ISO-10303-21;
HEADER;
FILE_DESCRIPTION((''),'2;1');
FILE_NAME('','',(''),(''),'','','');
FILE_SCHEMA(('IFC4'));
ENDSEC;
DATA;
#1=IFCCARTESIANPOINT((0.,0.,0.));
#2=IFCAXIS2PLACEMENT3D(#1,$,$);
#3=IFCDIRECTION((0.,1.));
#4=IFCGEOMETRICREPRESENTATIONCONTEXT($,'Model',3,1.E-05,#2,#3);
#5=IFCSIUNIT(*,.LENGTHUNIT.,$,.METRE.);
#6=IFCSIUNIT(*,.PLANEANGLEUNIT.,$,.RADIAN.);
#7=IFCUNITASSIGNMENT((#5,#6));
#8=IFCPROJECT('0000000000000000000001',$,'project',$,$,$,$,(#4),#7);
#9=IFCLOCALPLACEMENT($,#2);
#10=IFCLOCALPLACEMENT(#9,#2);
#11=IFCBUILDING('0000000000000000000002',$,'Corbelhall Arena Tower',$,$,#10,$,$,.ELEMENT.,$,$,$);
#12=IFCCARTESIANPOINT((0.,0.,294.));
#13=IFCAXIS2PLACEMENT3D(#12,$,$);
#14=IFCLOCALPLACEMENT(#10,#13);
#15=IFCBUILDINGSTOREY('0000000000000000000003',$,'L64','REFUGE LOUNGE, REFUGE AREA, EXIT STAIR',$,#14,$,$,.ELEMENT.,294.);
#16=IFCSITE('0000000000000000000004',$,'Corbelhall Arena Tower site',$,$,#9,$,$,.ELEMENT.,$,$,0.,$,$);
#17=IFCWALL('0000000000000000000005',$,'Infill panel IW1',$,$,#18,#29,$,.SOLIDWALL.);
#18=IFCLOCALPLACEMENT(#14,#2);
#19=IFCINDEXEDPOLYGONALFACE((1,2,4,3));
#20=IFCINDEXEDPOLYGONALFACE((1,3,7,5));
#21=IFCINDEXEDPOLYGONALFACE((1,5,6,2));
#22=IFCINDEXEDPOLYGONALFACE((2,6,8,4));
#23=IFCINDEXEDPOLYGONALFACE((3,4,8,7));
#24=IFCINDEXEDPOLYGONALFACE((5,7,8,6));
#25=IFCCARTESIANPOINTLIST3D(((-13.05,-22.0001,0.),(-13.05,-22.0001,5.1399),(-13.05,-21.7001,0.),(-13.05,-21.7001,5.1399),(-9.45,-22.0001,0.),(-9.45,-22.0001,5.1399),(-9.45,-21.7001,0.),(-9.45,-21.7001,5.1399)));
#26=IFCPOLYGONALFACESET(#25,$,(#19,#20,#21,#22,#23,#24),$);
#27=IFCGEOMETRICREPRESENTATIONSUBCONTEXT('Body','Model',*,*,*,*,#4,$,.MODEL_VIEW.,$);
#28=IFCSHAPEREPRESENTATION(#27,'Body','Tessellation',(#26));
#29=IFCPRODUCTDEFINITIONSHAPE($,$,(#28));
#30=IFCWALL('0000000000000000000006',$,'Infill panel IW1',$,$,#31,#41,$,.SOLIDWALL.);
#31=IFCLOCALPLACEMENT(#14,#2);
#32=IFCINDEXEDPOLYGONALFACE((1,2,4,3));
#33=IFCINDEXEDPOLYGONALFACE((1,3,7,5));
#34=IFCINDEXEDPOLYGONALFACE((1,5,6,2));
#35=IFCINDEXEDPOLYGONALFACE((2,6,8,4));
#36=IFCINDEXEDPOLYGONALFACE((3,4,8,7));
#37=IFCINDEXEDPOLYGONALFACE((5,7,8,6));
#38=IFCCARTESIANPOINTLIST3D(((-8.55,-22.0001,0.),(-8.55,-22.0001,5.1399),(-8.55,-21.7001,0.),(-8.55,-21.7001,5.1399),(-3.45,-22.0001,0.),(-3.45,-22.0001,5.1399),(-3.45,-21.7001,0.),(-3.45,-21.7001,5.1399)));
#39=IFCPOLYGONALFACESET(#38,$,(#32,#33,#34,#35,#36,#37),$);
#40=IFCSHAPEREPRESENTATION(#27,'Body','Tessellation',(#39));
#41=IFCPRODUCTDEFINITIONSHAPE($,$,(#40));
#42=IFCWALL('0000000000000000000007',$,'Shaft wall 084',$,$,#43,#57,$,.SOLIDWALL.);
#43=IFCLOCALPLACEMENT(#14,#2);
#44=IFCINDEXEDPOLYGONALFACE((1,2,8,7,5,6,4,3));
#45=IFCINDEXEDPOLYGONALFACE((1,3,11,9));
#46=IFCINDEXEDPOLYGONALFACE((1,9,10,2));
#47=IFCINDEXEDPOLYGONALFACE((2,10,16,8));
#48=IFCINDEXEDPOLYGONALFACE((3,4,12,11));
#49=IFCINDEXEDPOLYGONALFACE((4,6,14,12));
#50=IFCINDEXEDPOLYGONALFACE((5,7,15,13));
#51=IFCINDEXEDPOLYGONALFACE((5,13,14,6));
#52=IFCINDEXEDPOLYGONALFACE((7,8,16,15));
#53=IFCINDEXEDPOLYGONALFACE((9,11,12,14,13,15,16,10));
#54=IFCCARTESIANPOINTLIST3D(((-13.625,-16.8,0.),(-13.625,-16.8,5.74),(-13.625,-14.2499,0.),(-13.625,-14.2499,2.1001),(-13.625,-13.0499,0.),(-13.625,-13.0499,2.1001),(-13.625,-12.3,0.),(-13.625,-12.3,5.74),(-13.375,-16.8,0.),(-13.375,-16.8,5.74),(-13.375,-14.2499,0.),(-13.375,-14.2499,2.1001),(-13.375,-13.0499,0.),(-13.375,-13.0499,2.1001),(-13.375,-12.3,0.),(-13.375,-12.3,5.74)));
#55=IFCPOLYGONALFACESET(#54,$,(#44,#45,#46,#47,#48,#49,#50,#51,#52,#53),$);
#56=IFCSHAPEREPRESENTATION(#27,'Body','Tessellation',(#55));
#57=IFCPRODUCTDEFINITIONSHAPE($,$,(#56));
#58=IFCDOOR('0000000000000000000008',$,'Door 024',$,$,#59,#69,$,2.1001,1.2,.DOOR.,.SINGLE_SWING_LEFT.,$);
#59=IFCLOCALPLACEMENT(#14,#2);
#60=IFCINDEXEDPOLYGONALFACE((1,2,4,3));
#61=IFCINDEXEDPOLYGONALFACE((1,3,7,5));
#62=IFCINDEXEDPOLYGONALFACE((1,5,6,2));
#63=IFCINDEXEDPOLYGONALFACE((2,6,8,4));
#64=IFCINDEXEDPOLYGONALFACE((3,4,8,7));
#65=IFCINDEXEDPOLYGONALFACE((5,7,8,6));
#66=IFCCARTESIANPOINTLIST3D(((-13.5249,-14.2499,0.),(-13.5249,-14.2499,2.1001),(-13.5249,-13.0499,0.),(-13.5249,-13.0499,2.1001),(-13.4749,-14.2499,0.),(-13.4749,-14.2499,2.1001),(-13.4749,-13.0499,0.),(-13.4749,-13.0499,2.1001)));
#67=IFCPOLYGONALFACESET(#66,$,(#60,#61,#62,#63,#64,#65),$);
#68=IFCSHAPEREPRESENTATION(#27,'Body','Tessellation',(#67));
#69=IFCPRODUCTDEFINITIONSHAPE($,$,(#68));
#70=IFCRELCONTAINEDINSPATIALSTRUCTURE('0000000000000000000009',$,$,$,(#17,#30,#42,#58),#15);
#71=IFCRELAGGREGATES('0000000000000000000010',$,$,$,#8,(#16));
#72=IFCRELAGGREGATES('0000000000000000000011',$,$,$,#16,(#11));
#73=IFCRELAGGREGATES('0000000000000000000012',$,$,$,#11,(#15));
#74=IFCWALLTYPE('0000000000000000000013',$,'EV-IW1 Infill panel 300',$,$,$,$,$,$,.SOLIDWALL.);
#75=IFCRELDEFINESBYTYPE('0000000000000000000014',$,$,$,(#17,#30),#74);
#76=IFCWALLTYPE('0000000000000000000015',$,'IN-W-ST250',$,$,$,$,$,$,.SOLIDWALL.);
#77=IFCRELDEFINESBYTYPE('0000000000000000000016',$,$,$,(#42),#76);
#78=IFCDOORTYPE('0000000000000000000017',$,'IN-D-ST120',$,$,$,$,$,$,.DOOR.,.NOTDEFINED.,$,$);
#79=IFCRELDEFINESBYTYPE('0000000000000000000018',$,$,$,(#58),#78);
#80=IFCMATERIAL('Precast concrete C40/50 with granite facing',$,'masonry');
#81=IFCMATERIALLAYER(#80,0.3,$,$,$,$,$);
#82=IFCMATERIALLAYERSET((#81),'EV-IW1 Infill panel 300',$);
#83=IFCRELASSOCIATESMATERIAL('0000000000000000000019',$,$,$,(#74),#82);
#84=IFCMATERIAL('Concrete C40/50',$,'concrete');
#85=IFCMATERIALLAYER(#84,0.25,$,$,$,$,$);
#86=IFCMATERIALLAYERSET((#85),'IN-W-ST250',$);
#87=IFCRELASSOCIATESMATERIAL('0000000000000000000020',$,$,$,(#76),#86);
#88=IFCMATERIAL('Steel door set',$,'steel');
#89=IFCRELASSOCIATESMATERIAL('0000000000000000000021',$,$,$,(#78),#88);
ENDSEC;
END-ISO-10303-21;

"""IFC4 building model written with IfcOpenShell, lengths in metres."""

from ifc_helpers import new_model, si_unit, direction, frame, frame_2d, origin, place, context, subcontext, project, spatial, rectangle, extrude, material, layer, layer_set, type_object, element, fill, save


model = new_model("IFC4")

# Units and contexts
model_context = context("Model", 3, precision=1e-05, world=origin(), true_north=direction((0.0, 1.0)))
body_context = subcontext(model_context, "Body", "Model", "MODEL_VIEW")
ifc_project = project(units=[si_unit("LENGTHUNIT", "METRE"), si_unit("PLANEANGLEUNIT", "RADIAN")], contexts=[model_context])

# Site, building, storey
site_placement = place(None, origin())
site = spatial("IfcSite", under=ifc_project, at=site_placement, Name="Corbelhall Arena Tower site", CompositionType="ELEMENT", RefElevation=0.0)
building_placement = place(site_placement, origin())
building = spatial("IfcBuilding", under=site, at=building_placement, Name="Corbelhall Arena Tower", CompositionType="ELEMENT")
storey_placement = place(building_placement, frame((0.0, 0.0, 294.0)))
storey = spatial("IfcBuildingStorey", under=building, at=storey_placement, Name="L64", Description="REFUGE LOUNGE, REFUGE AREA, EXIT STAIR", CompositionType="ELEMENT", Elevation=294.0)

# Walls
ifc_material_1 = material(Name="Precast concrete C40/50 with granite facing", Category="masonry")
ifc_layer_1 = layer(ifc_material_1, 0.3)
ifc_layer_set_1 = layer_set([ifc_layer_1], Name="EV-IW1 Infill panel 300")
wall_type_1 = type_object("IfcWallType", Name="EV-IW1 Infill panel 300", PredefinedType="SOLIDWALL", material=ifc_layer_set_1)
wall_1_placement = place(storey_placement, frame((-13.05, -21.8501, 0.0), z_axis=(0.0, 0.0, 1.0), x_axis=(1.0, 0.0, 0.0)))
element("IfcWall", 1, at=wall_1_placement, inside=storey, type_object=wall_type_1, Name="Infill panel IW1", PredefinedType="SOLIDWALL", context=body_context, shape_type="SweptSolid", body=[
    extrude(rectangle(XDim=3.6001, YDim=0.3, at=frame_2d((1.8, 0.0))), origin(), (0.0, 0.0, 1.0), 5.1399),
])
wall_2_placement = place(storey_placement, frame((-8.55, -21.8501, 0.0), z_axis=(0.0, 0.0, 1.0), x_axis=(1.0, 0.0, 0.0)))
element("IfcWall", 2, at=wall_2_placement, inside=storey, type_object=wall_type_1, Name="Infill panel IW1", PredefinedType="SOLIDWALL", context=body_context, shape_type="SweptSolid", body=[
    extrude(rectangle(XDim=5.1001, YDim=0.3, at=frame_2d((2.55, 0.0))), origin(), (0.0, 0.0, 1.0), 5.1399),
])

# Shared definitions
ifc_material_2 = material(Name="Steel door set", Category="steel")

# Wall, opening, door
ifc_material_3 = material(Name="Concrete C40/50", Category="concrete")
ifc_layer_2 = layer(ifc_material_3, 0.25)
ifc_layer_set_2 = layer_set([ifc_layer_2], Name="IN-W-ST250")
wall_type_2 = type_object("IfcWallType", Name="IN-W-ST250", PredefinedType="SOLIDWALL", material=ifc_layer_set_2)
wall_3_placement = place(storey_placement, frame((-13.5, -16.8, 0.0), z_axis=(0.0, 0.0, 1.0), x_axis=(0.0, 1.0, 0.0)))
wall_3 = element("IfcWall", 3, at=wall_3_placement, inside=storey, type_object=wall_type_2, Name="Shaft wall 084", PredefinedType="SOLIDWALL", context=body_context, shape_type="SweptSolid", body=[
    extrude(rectangle(XDim=4.5, YDim=0.25, at=frame_2d((2.25, 0.0))), origin(), (0.0, 0.0, 1.0), 5.74),
])
opening_1_placement = place(wall_3_placement, frame((2.55, 0.0, 0.0)))
opening_1 = element("IfcOpeningElement", 4, at=opening_1_placement, cuts=wall_3, PredefinedType="OPENING", context=body_context, shape_type="SweptSolid", body=[
    extrude(rectangle(XDim=1.2, YDim=2.1001, at=frame_2d((0.6001, 1.05))), frame((0.0, 0.125, 0.0), z_axis=(0.0, -1.0, 0.0), x_axis=(1.0, 0.0, 0.0)), (0.0, 0.0, 1.0), 0.25),
])
door_type_1 = type_object("IfcDoorType", Name="IN-D-ST120", OperationType="NOTDEFINED", PredefinedType="DOOR", material=ifc_material_2)
door_1_placement = place(opening_1_placement, origin())
door_1 = element("IfcDoor", 5, at=door_1_placement, inside=storey, type_object=door_type_1, Name="Door 024", OperationType="SINGLE_SWING_LEFT", OverallHeight=2.1001, OverallWidth=1.2, PredefinedType="DOOR", context=body_context, shape_type="SweptSolid", body=[
    extrude(rectangle(XDim=1.2, YDim=2.1001, at=frame_2d((0.6001, 1.05))), frame((0.0, 0.0249, 0.0), z_axis=(0.0, -1.0, 0.0), x_axis=(1.0, 0.0, 0.0)), (0.0, 0.0, 1.0), 0.05),
])
fill(opening_1, door_1)

save(model, "model.ifc")
